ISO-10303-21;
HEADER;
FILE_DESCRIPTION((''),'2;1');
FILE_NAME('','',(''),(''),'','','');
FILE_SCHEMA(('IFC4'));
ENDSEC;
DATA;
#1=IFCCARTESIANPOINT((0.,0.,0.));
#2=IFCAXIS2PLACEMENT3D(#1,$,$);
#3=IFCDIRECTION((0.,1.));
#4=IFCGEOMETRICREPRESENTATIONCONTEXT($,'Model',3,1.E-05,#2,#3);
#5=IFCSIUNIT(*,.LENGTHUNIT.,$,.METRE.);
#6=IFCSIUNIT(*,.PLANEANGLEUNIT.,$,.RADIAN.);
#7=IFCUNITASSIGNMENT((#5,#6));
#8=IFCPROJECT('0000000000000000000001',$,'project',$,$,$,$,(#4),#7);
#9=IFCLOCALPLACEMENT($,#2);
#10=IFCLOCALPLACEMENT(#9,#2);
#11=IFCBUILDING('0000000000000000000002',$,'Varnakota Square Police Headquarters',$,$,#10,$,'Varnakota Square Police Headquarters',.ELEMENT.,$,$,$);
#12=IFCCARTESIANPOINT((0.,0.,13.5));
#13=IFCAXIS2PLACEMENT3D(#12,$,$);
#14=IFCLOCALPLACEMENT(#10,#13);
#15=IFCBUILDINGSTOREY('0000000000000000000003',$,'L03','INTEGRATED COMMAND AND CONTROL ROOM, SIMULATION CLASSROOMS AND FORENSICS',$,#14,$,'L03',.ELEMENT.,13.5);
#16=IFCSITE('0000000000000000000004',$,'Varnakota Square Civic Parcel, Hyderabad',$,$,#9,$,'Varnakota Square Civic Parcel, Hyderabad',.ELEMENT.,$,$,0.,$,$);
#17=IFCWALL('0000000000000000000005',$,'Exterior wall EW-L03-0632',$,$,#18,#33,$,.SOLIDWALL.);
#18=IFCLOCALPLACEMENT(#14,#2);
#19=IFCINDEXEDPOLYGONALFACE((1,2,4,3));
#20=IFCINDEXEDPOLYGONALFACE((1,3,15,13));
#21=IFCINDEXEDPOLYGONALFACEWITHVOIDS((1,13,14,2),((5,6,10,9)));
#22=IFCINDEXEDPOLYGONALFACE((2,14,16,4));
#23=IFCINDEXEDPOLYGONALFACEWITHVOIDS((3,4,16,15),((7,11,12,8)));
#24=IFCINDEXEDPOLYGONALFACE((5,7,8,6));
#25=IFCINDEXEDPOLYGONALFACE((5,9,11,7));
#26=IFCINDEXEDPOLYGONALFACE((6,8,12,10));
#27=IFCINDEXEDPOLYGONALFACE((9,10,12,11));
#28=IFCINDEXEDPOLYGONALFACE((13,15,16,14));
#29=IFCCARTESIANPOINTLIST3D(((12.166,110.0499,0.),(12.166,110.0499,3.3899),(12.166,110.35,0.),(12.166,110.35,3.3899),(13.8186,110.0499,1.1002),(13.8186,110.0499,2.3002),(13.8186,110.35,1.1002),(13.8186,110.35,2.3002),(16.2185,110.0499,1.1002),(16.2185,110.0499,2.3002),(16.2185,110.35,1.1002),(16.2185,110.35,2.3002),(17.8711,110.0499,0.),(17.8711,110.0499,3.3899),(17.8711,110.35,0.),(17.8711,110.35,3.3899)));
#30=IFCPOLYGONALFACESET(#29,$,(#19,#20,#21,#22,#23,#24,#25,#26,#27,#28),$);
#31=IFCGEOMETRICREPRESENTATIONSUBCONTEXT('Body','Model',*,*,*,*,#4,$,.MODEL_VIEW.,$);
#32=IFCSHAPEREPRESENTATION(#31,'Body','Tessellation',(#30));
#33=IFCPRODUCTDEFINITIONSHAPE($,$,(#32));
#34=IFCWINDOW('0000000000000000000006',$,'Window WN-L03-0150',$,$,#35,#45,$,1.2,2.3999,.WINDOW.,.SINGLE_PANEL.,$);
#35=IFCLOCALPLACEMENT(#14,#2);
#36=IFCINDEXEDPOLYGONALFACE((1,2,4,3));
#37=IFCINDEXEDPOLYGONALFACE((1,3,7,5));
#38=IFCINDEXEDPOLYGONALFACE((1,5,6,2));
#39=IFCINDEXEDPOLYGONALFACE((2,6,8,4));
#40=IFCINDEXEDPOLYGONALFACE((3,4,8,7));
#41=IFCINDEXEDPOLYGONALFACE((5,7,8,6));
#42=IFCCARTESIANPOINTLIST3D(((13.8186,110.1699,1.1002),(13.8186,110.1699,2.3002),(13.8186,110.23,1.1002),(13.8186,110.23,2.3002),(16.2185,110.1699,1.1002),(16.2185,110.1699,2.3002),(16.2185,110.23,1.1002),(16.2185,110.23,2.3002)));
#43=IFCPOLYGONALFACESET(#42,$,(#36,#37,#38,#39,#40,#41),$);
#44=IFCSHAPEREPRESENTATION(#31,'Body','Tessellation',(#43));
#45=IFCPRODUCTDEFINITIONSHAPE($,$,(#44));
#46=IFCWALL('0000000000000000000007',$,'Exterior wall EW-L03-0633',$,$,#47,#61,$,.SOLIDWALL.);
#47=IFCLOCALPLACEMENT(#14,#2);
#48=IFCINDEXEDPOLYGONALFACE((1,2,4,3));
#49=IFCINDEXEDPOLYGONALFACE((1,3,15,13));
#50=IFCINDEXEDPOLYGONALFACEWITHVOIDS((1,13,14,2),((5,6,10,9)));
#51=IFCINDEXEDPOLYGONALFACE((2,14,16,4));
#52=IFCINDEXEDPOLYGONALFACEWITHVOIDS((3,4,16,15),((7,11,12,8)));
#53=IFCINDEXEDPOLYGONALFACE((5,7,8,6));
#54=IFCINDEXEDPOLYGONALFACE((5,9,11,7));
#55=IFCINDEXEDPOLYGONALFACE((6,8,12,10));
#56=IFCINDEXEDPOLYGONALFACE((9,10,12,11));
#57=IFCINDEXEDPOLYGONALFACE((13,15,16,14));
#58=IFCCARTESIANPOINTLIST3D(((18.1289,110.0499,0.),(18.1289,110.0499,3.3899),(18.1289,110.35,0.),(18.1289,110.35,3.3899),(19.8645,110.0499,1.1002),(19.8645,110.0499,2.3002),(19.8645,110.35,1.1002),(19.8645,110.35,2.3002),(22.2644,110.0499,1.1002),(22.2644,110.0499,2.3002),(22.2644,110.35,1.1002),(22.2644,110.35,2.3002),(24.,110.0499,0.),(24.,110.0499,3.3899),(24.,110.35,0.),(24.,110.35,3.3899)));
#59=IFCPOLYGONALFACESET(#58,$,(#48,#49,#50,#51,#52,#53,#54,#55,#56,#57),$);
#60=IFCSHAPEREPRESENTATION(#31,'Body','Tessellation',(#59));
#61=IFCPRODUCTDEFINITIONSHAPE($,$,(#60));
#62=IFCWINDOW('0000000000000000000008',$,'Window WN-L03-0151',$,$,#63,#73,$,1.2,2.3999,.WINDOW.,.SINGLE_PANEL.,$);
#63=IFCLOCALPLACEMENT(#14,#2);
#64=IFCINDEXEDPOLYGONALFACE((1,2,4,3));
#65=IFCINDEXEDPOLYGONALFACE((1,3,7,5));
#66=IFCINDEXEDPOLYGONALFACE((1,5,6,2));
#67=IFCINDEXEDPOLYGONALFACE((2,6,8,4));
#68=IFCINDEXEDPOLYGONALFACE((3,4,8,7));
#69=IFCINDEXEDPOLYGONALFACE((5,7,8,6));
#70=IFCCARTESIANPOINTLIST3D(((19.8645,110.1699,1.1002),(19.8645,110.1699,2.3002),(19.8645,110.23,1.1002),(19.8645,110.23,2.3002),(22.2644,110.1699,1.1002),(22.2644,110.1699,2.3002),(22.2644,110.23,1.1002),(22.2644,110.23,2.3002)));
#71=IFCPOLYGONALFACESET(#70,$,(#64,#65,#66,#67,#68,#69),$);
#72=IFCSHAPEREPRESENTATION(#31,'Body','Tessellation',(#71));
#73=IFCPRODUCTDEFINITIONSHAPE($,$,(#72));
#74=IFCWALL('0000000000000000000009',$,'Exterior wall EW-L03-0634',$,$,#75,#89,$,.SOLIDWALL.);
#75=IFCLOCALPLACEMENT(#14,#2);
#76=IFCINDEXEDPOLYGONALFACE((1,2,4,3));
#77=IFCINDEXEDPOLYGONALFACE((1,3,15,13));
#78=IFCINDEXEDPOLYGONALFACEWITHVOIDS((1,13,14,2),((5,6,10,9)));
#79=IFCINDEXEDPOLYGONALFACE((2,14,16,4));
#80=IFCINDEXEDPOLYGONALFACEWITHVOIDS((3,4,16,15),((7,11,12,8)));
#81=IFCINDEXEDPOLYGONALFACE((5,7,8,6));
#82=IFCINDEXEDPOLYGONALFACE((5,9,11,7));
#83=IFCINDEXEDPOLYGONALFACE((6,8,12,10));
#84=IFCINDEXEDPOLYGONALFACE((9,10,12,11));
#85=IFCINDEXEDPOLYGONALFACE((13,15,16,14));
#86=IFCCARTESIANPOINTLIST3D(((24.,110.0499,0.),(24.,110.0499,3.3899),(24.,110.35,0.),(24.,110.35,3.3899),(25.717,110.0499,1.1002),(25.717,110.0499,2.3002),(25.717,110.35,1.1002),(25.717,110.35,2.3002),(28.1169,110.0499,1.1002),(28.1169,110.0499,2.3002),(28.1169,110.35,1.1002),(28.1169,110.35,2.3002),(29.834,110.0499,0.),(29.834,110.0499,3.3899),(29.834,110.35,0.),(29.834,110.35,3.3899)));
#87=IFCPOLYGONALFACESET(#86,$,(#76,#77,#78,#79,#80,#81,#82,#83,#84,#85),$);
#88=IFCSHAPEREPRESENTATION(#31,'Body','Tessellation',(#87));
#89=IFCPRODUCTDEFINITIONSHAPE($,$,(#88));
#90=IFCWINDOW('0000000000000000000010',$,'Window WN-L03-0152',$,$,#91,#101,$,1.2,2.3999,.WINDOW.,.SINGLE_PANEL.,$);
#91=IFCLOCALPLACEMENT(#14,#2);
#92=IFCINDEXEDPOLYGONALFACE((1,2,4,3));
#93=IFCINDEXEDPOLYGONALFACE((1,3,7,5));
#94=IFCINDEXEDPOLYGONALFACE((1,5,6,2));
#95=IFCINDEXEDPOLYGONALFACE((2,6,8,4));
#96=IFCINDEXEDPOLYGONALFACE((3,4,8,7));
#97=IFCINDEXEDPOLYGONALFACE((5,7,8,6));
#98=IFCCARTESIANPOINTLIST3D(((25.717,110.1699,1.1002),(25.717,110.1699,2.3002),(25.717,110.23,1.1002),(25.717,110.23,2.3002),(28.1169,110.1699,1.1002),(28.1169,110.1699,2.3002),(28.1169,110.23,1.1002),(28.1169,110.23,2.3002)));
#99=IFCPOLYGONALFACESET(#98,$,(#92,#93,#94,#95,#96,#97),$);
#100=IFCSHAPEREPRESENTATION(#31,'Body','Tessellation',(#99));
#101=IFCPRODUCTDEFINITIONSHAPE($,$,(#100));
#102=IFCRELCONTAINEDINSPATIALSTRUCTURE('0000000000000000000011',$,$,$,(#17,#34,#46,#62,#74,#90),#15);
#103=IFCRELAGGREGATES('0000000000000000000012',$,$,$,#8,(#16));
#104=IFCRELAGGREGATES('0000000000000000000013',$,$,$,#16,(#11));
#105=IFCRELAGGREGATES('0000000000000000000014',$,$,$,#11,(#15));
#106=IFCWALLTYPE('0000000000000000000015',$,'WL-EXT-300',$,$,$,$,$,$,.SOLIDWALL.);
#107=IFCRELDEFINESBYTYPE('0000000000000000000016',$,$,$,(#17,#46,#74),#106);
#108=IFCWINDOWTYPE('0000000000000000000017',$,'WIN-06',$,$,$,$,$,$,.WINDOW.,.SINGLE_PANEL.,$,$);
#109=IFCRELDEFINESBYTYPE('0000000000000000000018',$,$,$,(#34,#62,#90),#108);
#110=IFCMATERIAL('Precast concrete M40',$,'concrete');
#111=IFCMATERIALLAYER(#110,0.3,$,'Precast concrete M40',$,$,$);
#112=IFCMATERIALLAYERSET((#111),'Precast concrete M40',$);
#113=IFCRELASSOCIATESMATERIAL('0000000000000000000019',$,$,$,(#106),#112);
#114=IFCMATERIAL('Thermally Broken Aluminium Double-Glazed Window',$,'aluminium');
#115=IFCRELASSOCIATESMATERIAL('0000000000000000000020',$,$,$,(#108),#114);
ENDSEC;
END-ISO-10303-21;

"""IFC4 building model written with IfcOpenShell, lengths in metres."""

from ifc_helpers import new_model, si_unit, direction, frame, frame_2d, origin, place, context, subcontext, project, spatial, rectangle, extrude, material, layer, layer_set, type_object, element, fill, save


model = new_model("IFC4")

# Units and contexts
model_context = context("Model", 3, precision=1e-05, world=origin(), true_north=direction((0.0, 1.0)))
body_context = subcontext(model_context, "Body", "Model", "MODEL_VIEW")
ifc_project = project(units=[si_unit("LENGTHUNIT", "METRE"), si_unit("PLANEANGLEUNIT", "RADIAN")], contexts=[model_context])

# Site, building, storey
site_placement = place(None, origin())
site = spatial("IfcSite", under=ifc_project, at=site_placement, Name="Varnakota Square Civic Parcel, Hyderabad", LongName="Varnakota Square Civic Parcel, Hyderabad", CompositionType="ELEMENT", RefElevation=0.0)
building_placement = place(site_placement, origin())
building = spatial("IfcBuilding", under=site, at=building_placement, Name="Varnakota Square Police Headquarters", LongName="Varnakota Square Police Headquarters", CompositionType="ELEMENT")
storey_placement = place(building_placement, frame((0.0, 0.0, 13.5)))
storey = spatial("IfcBuildingStorey", under=building, at=storey_placement, Name="L03", Description="INTEGRATED COMMAND AND CONTROL ROOM, SIMULATION CLASSROOMS AND FORENSICS", LongName="L03", CompositionType="ELEMENT", Elevation=13.5)

# Walls, openings, windows
ifc_material_1 = material(Name="Precast concrete M40", Category="concrete")
ifc_layer_1 = layer(ifc_material_1, 0.3, Name="Precast concrete M40")
ifc_layer_set_1 = layer_set([ifc_layer_1], Name="Precast concrete M40")
wall_type_1 = type_object("IfcWallType", Name="WL-EXT-300", PredefinedType="SOLIDWALL", material=ifc_layer_set_1)
wall_1_placement = place(storey_placement, frame((12.166, 110.2, 0.0), z_axis=(0.0, 0.0, 1.0), x_axis=(1.0, 0.0, 0.0)))
wall_1 = element("IfcWall", 1, at=wall_1_placement, inside=storey, type_object=wall_type_1, Name="Exterior wall EW-L03-0632", PredefinedType="SOLIDWALL", context=body_context, shape_type="SweptSolid", body=[
    extrude(rectangle(XDim=5.7051, YDim=0.3, at=frame_2d((2.8525, 0.0))), origin(), (0.0, 0.0, 1.0), 3.3899),
])
opening_1_placement = place(wall_1_placement, frame((1.6526, 0.0, 1.1001)))
opening_1 = element("IfcOpeningElement", 2, at=opening_1_placement, cuts=wall_1, PredefinedType="OPENING", context=body_context, shape_type="SweptSolid", body=[
    extrude(rectangle(XDim=2.3999, YDim=1.2, at=frame_2d((1.2, 0.6001))), frame((0.0, 0.1599, 0.0), z_axis=(0.0, -1.0, 0.0), x_axis=(1.0, 0.0, 0.0)), (0.0, 0.0, 1.0), 0.3201),
])
ifc_material_2 = material(Name="Thermally Broken Aluminium Double-Glazed Window", Category="aluminium")
window_type = type_object("IfcWindowType", Name="WIN-06", PartitioningType="SINGLE_PANEL", PredefinedType="WINDOW", material=ifc_material_2)
window_1_placement = place(opening_1_placement, origin())
window_1 = element("IfcWindow", 3, at=window_1_placement, inside=storey, type_object=window_type, Name="Window WN-L03-0150", OverallHeight=1.2, OverallWidth=2.3999, PartitioningType="SINGLE_PANEL", PredefinedType="WINDOW", context=body_context, shape_type="SweptSolid", body=[
    extrude(rectangle(XDim=2.3999, YDim=1.2, at=frame_2d((1.2, 0.6001))), frame((0.0, 0.03, 0.0), z_axis=(0.0, -1.0, 0.0), x_axis=(1.0, 0.0, 0.0)), (0.0, 0.0, 1.0), 0.0601),
])
fill(opening_1, window_1)
wall_2_placement = place(storey_placement, frame((18.1289, 110.2, 0.0), z_axis=(0.0, 0.0, 1.0), x_axis=(1.0, 0.0, 0.0)))
wall_2 = element("IfcWall", 4, at=wall_2_placement, inside=storey, type_object=wall_type_1, Name="Exterior wall EW-L03-0633", PredefinedType="SOLIDWALL", context=body_context, shape_type="SweptSolid", body=[
    extrude(rectangle(XDim=5.8711, YDim=0.3, at=frame_2d((2.9355, 0.0))), origin(), (0.0, 0.0, 1.0), 3.3899),
])
opening_2_placement = place(wall_2_placement, frame((1.7356, 0.0, 1.1001)))
opening_2 = element("IfcOpeningElement", 5, at=opening_2_placement, cuts=wall_2, PredefinedType="OPENING", context=body_context, shape_type="SweptSolid", body=[
    extrude(rectangle(XDim=2.3999, YDim=1.2, at=frame_2d((1.2, 0.6001))), frame((0.0, 0.1599, 0.0), z_axis=(0.0, -1.0, 0.0), x_axis=(1.0, 0.0, 0.0)), (0.0, 0.0, 1.0), 0.3201),
])
window_2_placement = place(opening_2_placement, origin())
window_2 = element("IfcWindow", 6, at=window_2_placement, inside=storey, type_object=window_type, Name="Window WN-L03-0151", OverallHeight=1.2, OverallWidth=2.3999, PartitioningType="SINGLE_PANEL", PredefinedType="WINDOW", context=body_context, shape_type="SweptSolid", body=[
    extrude(rectangle(XDim=2.3999, YDim=1.2, at=frame_2d((1.2, 0.6001))), frame((0.0, 0.03, 0.0), z_axis=(0.0, -1.0, 0.0), x_axis=(1.0, 0.0, 0.0)), (0.0, 0.0, 1.0), 0.0601),
])
fill(opening_2, window_2)
wall_3_placement = place(storey_placement, frame((24.0, 110.2, 0.0), z_axis=(0.0, 0.0, 1.0), x_axis=(1.0, 0.0, 0.0)))
wall_3 = element("IfcWall", 7, at=wall_3_placement, inside=storey, type_object=wall_type_1, Name="Exterior wall EW-L03-0634", PredefinedType="SOLIDWALL", context=body_context, shape_type="SweptSolid", body=[
    extrude(rectangle(XDim=5.834, YDim=0.3, at=frame_2d((2.917, 0.0))), origin(), (0.0, 0.0, 1.0), 3.3899),
])
opening_3_placement = place(wall_3_placement, frame((1.717, 0.0, 1.1001)))
opening_3 = element("IfcOpeningElement", 8, at=opening_3_placement, cuts=wall_3, PredefinedType="OPENING", context=body_context, shape_type="SweptSolid", body=[
    extrude(rectangle(XDim=2.3999, YDim=1.2, at=frame_2d((1.2, 0.6001))), frame((0.0, 0.1599, 0.0), z_axis=(0.0, -1.0, 0.0), x_axis=(1.0, 0.0, 0.0)), (0.0, 0.0, 1.0), 0.3201),
])
window_3_placement = place(opening_3_placement, origin())
window_3 = element("IfcWindow", 9, at=window_3_placement, inside=storey, type_object=window_type, Name="Window WN-L03-0152", OverallHeight=1.2, OverallWidth=2.3999, PartitioningType="SINGLE_PANEL", PredefinedType="WINDOW", context=body_context, shape_type="SweptSolid", body=[
    extrude(rectangle(XDim=2.3999, YDim=1.2, at=frame_2d((1.2, 0.6001))), frame((0.0, 0.03, 0.0), z_axis=(0.0, -1.0, 0.0), x_axis=(1.0, 0.0, 0.0)), (0.0, 0.0, 1.0), 0.0601),
])
fill(opening_3, window_3)

save(model, "model.ifc")
